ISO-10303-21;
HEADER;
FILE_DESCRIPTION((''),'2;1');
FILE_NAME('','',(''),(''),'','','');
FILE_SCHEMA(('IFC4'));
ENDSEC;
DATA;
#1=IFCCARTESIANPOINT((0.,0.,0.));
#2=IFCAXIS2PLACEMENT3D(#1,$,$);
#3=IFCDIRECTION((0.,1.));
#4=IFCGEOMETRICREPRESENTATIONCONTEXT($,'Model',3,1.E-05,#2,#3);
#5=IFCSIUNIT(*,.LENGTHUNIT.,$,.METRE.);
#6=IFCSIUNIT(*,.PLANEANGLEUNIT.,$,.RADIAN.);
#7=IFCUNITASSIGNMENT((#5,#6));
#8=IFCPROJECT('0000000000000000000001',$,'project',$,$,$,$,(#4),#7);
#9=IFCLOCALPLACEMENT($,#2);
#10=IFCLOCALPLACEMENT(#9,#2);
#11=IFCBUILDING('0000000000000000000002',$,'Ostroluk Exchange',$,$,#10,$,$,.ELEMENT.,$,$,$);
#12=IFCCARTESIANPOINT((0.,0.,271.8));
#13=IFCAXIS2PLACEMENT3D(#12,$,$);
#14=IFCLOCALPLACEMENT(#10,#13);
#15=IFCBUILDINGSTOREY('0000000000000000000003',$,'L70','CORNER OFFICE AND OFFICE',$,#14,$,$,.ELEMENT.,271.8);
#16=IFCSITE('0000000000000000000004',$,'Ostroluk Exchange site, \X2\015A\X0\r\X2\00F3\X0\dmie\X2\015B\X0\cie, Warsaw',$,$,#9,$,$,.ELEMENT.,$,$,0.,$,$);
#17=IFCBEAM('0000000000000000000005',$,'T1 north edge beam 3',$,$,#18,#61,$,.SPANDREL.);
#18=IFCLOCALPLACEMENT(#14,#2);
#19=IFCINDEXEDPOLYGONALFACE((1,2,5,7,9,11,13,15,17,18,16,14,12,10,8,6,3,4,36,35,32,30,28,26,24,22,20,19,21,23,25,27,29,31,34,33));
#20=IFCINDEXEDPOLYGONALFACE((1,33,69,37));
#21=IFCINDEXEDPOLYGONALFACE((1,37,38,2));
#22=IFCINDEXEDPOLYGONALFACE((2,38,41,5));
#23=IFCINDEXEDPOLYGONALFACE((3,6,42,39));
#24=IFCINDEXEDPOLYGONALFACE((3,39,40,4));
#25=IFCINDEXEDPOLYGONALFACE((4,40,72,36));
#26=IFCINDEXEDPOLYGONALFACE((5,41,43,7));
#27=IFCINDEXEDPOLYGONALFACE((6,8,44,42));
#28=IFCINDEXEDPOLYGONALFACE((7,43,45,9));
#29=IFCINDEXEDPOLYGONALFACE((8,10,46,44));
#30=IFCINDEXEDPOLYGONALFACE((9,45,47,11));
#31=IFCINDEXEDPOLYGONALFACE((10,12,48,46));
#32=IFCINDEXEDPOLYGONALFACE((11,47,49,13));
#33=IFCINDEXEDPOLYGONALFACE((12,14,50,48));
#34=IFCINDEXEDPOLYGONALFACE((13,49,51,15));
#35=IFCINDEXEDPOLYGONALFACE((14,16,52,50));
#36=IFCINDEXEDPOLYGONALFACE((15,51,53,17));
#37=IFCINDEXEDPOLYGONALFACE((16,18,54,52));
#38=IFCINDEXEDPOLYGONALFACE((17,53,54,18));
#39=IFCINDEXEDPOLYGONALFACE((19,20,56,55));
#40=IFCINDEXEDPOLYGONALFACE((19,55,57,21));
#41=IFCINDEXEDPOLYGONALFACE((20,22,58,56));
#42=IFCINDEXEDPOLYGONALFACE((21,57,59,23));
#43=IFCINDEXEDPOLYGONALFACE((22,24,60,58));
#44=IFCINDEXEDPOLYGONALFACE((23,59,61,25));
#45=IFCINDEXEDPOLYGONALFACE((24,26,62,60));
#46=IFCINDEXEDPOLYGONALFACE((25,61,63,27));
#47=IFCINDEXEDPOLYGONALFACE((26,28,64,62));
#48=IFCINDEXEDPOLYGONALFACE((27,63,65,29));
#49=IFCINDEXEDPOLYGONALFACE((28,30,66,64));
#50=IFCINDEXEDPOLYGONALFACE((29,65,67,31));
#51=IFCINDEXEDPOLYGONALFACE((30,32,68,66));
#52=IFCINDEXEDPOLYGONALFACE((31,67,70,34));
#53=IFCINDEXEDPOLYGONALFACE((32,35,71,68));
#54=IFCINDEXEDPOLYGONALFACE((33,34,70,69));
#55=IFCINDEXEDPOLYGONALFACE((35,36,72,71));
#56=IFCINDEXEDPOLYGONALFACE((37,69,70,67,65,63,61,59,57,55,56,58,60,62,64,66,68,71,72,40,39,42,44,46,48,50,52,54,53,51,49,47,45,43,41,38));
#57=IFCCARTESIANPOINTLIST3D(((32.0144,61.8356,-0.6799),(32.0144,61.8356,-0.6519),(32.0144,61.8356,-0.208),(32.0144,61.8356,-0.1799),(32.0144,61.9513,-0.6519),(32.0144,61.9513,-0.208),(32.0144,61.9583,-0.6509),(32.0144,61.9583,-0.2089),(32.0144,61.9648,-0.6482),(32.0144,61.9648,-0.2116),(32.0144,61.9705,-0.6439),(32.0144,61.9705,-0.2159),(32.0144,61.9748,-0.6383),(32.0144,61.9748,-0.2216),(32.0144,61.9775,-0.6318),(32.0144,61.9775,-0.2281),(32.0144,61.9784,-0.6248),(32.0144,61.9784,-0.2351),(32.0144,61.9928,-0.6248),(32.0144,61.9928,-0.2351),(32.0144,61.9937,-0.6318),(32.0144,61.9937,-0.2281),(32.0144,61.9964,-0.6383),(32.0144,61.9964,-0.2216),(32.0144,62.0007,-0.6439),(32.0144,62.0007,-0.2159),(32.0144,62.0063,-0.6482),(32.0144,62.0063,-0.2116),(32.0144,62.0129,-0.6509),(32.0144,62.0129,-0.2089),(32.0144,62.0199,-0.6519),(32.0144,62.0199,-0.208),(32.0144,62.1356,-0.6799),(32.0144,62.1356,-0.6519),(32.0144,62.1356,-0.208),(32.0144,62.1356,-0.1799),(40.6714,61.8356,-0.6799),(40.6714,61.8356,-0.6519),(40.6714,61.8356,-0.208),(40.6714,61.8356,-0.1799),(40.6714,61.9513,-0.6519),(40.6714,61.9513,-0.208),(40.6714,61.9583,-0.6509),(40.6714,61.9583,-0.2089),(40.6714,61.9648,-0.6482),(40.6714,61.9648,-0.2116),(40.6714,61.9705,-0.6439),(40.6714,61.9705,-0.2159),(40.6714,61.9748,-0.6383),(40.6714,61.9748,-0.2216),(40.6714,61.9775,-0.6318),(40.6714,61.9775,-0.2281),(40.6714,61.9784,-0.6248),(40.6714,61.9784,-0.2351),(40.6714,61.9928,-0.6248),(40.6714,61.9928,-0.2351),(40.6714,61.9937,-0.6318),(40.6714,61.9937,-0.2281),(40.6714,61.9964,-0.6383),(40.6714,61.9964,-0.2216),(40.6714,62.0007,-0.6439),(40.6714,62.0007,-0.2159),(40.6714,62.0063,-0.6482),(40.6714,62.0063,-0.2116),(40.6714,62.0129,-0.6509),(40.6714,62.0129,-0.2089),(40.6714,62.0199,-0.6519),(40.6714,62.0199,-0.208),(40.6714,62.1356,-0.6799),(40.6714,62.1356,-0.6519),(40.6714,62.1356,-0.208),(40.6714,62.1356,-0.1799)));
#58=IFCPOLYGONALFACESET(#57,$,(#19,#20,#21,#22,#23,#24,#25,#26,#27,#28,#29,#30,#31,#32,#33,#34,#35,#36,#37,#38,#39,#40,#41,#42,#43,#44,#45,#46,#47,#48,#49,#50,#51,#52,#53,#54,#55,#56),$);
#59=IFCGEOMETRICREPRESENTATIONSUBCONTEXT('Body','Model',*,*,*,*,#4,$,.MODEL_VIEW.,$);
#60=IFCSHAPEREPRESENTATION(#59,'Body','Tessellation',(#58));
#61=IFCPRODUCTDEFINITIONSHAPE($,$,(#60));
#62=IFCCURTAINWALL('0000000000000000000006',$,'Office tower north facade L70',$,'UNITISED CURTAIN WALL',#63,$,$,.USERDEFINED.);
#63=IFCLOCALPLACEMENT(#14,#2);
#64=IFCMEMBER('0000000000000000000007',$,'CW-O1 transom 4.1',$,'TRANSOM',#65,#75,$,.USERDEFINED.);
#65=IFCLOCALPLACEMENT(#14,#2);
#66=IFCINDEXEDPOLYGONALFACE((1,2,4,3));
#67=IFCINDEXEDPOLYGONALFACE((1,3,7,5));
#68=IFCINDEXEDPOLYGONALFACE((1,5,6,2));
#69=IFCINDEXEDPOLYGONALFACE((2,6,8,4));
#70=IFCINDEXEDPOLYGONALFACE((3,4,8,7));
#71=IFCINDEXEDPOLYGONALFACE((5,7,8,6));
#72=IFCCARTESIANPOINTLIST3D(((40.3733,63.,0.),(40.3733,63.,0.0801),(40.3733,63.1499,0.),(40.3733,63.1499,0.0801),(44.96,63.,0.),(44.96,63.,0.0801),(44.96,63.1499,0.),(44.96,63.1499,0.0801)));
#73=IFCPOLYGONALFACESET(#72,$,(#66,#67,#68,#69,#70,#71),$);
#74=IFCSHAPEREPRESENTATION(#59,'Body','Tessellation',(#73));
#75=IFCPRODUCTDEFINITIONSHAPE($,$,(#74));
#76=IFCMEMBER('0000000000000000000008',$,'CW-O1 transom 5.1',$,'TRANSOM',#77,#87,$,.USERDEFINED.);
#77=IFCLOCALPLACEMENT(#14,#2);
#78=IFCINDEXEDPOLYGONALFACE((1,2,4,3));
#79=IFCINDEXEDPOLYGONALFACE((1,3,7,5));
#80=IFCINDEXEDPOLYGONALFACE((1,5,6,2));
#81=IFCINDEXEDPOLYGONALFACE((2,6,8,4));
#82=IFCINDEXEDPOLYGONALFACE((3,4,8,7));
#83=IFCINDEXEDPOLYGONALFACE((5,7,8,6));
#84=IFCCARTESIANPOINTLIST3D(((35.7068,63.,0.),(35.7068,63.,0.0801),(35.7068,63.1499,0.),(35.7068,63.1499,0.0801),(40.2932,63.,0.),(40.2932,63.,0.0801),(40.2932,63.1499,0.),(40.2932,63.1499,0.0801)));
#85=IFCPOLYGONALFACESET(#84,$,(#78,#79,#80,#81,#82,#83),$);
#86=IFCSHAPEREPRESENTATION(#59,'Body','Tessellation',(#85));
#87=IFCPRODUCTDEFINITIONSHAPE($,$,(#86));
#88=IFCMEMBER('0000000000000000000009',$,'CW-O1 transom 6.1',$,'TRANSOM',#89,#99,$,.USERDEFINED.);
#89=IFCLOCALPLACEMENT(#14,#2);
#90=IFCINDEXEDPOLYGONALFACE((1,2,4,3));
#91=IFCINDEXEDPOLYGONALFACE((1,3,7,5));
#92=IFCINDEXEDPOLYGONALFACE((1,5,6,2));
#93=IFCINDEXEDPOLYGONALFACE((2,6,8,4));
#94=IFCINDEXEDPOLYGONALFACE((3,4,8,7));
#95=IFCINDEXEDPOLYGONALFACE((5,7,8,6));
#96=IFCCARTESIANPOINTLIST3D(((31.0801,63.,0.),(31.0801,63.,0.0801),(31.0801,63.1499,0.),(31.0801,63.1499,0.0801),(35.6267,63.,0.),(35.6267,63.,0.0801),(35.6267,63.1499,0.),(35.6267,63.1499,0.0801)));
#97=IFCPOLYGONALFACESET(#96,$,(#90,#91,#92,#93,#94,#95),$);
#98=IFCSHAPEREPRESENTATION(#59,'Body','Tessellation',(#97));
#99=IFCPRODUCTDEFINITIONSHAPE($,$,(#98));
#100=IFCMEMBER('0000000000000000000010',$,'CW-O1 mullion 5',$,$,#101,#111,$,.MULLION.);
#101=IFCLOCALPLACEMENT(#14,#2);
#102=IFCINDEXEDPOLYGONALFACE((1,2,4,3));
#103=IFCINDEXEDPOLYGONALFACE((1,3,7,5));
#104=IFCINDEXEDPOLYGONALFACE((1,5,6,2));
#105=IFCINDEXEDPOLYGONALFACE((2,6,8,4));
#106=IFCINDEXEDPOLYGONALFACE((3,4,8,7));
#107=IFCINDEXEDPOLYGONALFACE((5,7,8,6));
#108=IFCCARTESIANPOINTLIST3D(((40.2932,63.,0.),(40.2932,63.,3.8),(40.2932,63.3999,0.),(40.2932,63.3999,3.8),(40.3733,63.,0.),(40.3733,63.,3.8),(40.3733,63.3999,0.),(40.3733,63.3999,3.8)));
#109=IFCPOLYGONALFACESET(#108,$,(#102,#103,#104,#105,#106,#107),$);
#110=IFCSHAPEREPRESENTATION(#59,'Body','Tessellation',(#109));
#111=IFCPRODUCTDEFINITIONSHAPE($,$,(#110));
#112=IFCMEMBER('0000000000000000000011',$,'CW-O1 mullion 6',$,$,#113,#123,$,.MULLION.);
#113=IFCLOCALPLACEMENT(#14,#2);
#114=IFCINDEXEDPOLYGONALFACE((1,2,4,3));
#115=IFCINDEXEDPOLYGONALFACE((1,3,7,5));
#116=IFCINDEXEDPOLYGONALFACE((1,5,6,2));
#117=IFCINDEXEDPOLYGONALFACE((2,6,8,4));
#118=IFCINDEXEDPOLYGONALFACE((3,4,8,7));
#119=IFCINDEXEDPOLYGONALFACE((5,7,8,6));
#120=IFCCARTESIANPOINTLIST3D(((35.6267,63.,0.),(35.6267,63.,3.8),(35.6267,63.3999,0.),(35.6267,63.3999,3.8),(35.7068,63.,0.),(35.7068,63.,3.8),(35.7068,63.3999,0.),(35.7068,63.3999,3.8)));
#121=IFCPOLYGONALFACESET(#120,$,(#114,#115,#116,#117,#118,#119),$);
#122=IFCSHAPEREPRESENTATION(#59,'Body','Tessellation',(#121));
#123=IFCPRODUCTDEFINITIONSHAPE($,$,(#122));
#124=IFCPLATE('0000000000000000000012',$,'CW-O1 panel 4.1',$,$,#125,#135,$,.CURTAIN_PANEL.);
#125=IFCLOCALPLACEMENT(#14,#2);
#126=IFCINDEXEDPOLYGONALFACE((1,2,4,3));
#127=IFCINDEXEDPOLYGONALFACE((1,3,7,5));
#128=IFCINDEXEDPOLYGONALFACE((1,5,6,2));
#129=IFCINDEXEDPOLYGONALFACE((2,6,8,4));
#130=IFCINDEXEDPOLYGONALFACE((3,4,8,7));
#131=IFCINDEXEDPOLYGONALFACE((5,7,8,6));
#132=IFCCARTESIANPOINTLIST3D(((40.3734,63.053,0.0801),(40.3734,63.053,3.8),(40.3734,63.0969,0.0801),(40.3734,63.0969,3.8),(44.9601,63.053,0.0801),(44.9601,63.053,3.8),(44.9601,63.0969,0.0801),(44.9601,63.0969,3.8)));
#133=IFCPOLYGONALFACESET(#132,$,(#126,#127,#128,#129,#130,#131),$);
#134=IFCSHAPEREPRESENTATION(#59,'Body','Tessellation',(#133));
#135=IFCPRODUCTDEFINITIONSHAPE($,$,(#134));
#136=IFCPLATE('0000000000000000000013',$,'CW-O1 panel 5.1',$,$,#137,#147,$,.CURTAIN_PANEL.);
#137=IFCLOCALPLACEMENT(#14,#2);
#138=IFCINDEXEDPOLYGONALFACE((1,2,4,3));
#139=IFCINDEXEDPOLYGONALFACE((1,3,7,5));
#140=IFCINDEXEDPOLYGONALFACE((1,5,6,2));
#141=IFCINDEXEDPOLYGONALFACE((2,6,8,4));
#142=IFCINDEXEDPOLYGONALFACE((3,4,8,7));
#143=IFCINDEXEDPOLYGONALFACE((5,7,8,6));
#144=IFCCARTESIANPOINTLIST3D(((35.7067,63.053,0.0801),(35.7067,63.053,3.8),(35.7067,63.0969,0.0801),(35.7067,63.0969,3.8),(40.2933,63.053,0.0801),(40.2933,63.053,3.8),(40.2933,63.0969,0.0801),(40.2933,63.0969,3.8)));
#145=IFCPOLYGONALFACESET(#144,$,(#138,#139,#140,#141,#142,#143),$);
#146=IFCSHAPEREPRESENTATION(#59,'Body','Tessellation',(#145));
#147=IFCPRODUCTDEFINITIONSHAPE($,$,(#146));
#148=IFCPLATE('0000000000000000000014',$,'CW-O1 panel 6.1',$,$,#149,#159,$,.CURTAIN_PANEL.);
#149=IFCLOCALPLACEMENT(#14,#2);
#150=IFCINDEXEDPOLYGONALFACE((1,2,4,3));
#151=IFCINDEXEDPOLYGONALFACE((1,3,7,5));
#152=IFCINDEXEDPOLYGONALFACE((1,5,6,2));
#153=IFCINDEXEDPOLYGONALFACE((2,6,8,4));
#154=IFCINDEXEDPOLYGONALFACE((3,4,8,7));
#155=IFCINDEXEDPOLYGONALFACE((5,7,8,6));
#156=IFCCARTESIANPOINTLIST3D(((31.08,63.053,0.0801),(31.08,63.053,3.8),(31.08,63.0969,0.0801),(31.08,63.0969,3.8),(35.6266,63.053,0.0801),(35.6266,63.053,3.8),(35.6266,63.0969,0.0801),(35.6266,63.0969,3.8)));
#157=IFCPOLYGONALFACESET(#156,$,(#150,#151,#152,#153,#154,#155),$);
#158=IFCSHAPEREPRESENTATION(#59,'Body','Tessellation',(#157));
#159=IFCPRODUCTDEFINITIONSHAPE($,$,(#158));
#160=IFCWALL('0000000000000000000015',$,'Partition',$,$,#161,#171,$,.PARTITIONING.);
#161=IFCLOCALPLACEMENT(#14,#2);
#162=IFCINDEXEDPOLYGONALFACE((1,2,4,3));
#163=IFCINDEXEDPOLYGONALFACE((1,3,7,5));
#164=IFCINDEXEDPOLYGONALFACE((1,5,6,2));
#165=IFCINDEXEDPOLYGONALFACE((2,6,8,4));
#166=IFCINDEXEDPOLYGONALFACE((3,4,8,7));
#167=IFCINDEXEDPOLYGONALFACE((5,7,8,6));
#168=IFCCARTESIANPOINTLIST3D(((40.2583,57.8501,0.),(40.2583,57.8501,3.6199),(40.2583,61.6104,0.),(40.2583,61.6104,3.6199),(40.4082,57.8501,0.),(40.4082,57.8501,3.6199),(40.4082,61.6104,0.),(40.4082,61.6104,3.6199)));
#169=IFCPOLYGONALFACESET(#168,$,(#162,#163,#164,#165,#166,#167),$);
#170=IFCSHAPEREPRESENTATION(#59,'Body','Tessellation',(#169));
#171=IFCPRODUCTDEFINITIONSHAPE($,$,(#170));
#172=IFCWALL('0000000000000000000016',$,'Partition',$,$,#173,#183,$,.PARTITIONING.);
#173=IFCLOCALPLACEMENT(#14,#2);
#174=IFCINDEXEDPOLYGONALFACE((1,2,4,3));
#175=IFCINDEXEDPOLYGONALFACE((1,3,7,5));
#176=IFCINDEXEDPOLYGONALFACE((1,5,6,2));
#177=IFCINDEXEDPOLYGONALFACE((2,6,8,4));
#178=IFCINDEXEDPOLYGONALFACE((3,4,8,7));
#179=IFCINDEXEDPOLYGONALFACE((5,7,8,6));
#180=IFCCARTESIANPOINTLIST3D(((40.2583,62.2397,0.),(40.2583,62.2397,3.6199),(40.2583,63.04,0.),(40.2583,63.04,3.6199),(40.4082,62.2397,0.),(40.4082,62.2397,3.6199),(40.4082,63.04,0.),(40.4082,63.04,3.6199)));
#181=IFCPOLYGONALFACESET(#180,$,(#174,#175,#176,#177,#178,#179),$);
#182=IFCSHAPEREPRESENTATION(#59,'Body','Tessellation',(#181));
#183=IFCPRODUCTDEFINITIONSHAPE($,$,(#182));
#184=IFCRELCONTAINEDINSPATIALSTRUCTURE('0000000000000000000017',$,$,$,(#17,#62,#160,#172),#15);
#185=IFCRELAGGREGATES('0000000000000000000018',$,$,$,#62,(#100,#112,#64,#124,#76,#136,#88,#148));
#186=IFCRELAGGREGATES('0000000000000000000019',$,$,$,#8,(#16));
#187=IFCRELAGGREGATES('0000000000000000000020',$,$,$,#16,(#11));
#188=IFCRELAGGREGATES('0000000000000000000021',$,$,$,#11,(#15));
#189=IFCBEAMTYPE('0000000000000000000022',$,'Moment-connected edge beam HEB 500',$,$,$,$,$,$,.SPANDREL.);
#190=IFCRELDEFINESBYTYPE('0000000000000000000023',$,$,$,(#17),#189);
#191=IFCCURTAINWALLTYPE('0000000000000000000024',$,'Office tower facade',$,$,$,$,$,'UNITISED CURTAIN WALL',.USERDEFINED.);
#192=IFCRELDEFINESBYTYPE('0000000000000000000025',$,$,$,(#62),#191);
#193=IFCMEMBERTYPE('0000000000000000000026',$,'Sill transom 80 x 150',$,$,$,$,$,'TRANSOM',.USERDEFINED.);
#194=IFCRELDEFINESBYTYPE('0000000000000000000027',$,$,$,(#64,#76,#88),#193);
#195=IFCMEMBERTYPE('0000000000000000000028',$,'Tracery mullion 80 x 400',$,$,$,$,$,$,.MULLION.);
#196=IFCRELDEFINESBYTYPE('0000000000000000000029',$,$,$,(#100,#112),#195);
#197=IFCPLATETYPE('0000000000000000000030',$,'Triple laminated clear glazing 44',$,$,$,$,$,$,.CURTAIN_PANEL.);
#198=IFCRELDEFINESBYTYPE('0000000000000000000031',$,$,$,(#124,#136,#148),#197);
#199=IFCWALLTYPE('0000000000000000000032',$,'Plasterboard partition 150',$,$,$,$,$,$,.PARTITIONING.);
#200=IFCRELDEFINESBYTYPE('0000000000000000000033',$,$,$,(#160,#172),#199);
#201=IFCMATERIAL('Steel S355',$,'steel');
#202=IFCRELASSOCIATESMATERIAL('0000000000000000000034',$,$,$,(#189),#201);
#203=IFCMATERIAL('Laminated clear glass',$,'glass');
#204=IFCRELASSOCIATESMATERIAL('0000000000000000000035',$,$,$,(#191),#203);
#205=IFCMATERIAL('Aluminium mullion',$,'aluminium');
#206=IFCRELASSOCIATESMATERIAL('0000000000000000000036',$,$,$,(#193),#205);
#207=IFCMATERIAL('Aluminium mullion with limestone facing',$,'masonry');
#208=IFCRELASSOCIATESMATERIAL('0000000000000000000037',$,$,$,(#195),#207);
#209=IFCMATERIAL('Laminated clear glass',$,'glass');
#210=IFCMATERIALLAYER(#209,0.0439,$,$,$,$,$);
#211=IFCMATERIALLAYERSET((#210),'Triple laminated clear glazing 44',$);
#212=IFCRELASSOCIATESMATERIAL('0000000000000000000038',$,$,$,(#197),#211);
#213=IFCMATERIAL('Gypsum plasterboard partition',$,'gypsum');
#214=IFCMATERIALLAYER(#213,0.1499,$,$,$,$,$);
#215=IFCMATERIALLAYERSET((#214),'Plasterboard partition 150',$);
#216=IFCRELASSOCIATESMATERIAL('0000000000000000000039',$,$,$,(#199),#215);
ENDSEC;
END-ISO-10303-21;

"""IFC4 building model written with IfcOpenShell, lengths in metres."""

from ifc_helpers import new_model, si_unit, direction, frame, frame_2d, origin, origin_2d, place, context, subcontext, project, spatial, rectangle, i_section, extrude, material, layer, layer_set, material_profile, profile_set, type_object, element, aggregate, save


model = new_model("IFC4")

# Units and contexts
model_context = context("Model", 3, precision=1e-05, world=origin(), true_north=direction((0.0, 1.0)))
body_context = subcontext(model_context, "Body", "Model", "MODEL_VIEW")
ifc_project = project(units=[si_unit("LENGTHUNIT", "METRE"), si_unit("PLANEANGLEUNIT", "RADIAN")], contexts=[model_context])

# Site, building, storey
site_placement = place(None, origin())
site = spatial("IfcSite", under=ifc_project, at=site_placement, Name="Ostroluk Exchange site, Śródmieście, Warsaw", CompositionType="ELEMENT", RefElevation=0.0)
building_placement = place(site_placement, origin())
building = spatial("IfcBuilding", under=site, at=building_placement, Name="Ostroluk Exchange", CompositionType="ELEMENT")
storey_placement = place(building_placement, frame((0.0, 0.0, 271.8)))
storey = spatial("IfcBuildingStorey", under=building, at=storey_placement, Name="L70", Description="CORNER OFFICE AND OFFICE", CompositionType="ELEMENT", Elevation=271.8)

# Beam
ifc_material_1 = material(Name="Steel S355", Category="steel")
ifc_material_profile_1 = material_profile(ifc_material_1, i_section(OverallWidth=0.3, OverallDepth=0.5, WebThickness=0.0144, FlangeThickness=0.0281, FilletRadius=0.0271, at=origin_2d()), Name="HEB 500")
ifc_profile_set_1 = profile_set([ifc_material_profile_1], Name="Steel S355")
beam_type_1 = type_object("IfcBeamType", Name="Moment-connected edge beam HEB 500", PredefinedType="SPANDREL", material=ifc_profile_set_1)
beam_1_placement = place(storey_placement, frame((40.6714, 61.9856, -0.4299), z_axis=(-1.0, 0.0, 0.0), x_axis=(0.0, -1.0, 0.0)))
element("IfcBeam", 1, at=beam_1_placement, inside=storey, type_object=beam_type_1, Name="T1 north edge beam 3", PredefinedType="SPANDREL", context=body_context, shape_type="SweptSolid", body=[
    extrude(i_section(OverallWidth=0.3, OverallDepth=0.5, WebThickness=0.0144, FlangeThickness=0.0281, FilletRadius=0.0271, at=origin_2d()), origin(), (0.0, 0.0, 1.0), 8.657),
])

# Curtain wall, members, plates
ifc_material_2 = material(Name="Laminated clear glass", Category="glass")
curtain_wall_type = type_object("IfcCurtainWallType", Name="Office tower facade", ElementType="UNITISED CURTAIN WALL", PredefinedType="USERDEFINED", material=ifc_material_2)
curtain_wall_placement = place(storey_placement, origin())
curtain_wall = element("IfcCurtainWall", 2, at=curtain_wall_placement, inside=storey, type_object=curtain_wall_type, Name="Office tower north facade L70", ObjectType="UNITISED CURTAIN WALL", PredefinedType="USERDEFINED")
ifc_material_3 = material(Name="Aluminium mullion", Category="aluminium")
ifc_material_profile_2 = material_profile(ifc_material_3, rectangle(XDim=0.1499, YDim=0.0801, at=origin_2d()), Name="Sill transom 80 x 150")
ifc_profile_set_2 = profile_set([ifc_material_profile_2], Name="Aluminium mullion")
member_type_1 = type_object("IfcMemberType", Name="Sill transom 80 x 150", ElementType="TRANSOM", PredefinedType="USERDEFINED", material=ifc_profile_set_2)
member_1_placement = place(storey_placement, frame((44.96, 63.075, 0.04), z_axis=(-1.0, 0.0, 0.0), x_axis=(0.0, -1.0, 0.0)))
member_1 = element("IfcMember", 3, at=member_1_placement, type_object=member_type_1, Name="CW-O1 transom 4.1", ObjectType="TRANSOM", PredefinedType="USERDEFINED", context=body_context, shape_type="SweptSolid", body=[
    extrude(rectangle(XDim=0.1499, YDim=0.0801, at=origin_2d()), origin(), (0.0, 0.0, 1.0), 4.5867),
])
member_2_placement = place(storey_placement, frame((40.2932, 63.075, 0.04), z_axis=(-1.0, 0.0, 0.0), x_axis=(0.0, -1.0, 0.0)))
member_2 = element("IfcMember", 4, at=member_2_placement, type_object=member_type_1, Name="CW-O1 transom 5.1", ObjectType="TRANSOM", PredefinedType="USERDEFINED", context=body_context, shape_type="SweptSolid", body=[
    extrude(rectangle(XDim=0.1499, YDim=0.0801, at=origin_2d()), origin(), (0.0, 0.0, 1.0), 4.5864),
])
member_3_placement = place(storey_placement, frame((35.6267, 63.075, 0.04), z_axis=(-1.0, 0.0, 0.0), x_axis=(0.0, -1.0, 0.0)))
member_3 = element("IfcMember", 5, at=member_3_placement, type_object=member_type_1, Name="CW-O1 transom 6.1", ObjectType="TRANSOM", PredefinedType="USERDEFINED", context=body_context, shape_type="SweptSolid", body=[
    extrude(rectangle(XDim=0.1499, YDim=0.0801, at=origin_2d()), origin(), (0.0, 0.0, 1.0), 4.5466),
])
ifc_material_4 = material(Name="Aluminium mullion with limestone facing", Category="masonry")
ifc_material_profile_3 = material_profile(ifc_material_4, rectangle(XDim=0.3999, YDim=0.0801, at=origin_2d()), Name="Tracery mullion 80 x 400")
ifc_profile_set_3 = profile_set([ifc_material_profile_3], Name="Aluminium mullion with limestone facing")
member_type_2 = type_object("IfcMemberType", Name="Tracery mullion 80 x 400", PredefinedType="MULLION", material=ifc_profile_set_3)
member_4_placement = place(storey_placement, frame((40.3333, 63.2, 0.0), z_axis=(0.0, 0.0, 1.0), x_axis=(0.0, -1.0, 0.0)))
member_4 = element("IfcMember", 6, at=member_4_placement, type_object=member_type_2, Name="CW-O1 mullion 5", PredefinedType="MULLION", context=body_context, shape_type="SweptSolid", body=[
    extrude(rectangle(XDim=0.3999, YDim=0.0801, at=origin_2d()), origin(), (0.0, 0.0, 1.0), 3.8),
])
member_5_placement = place(storey_placement, frame((35.6667, 63.2, 0.0), z_axis=(0.0, 0.0, 1.0), x_axis=(0.0, -1.0, 0.0)))
member_5 = element("IfcMember", 7, at=member_5_placement, type_object=member_type_2, Name="CW-O1 mullion 6", PredefinedType="MULLION", context=body_context, shape_type="SweptSolid", body=[
    extrude(rectangle(XDim=0.3999, YDim=0.0801, at=origin_2d()), origin(), (0.0, 0.0, 1.0), 3.8),
])
ifc_material_5 = material(Name="Laminated clear glass", Category="glass")
ifc_layer_1 = layer(ifc_material_5, 0.0439)
ifc_layer_set_1 = layer_set([ifc_layer_1], Name="Triple laminated clear glazing 44")
plate_type = type_object("IfcPlateType", Name="Triple laminated clear glazing 44", PredefinedType="CURTAIN_PANEL", material=ifc_layer_set_1)
plate_1_placement = place(storey_placement, frame((42.6667, 63.075, 0.0801), z_axis=(0.0, 0.0, 1.0), x_axis=(-1.0, 0.0, 0.0)))
plate_1 = element("IfcPlate", 8, at=plate_1_placement, type_object=plate_type, Name="CW-O1 panel 4.1", PredefinedType="CURTAIN_PANEL", context=body_context, shape_type="SweptSolid", body=[
    extrude(rectangle(XDim=4.5867, YDim=0.0439, at=origin_2d()), origin(), (0.0, 0.0, 1.0), 3.72),
])
plate_2_placement = place(storey_placement, frame((38.0, 63.075, 0.0801), z_axis=(0.0, 0.0, 1.0), x_axis=(-1.0, 0.0, 0.0)))
plate_2 = element("IfcPlate", 9, at=plate_2_placement, type_object=plate_type, Name="CW-O1 panel 5.1", PredefinedType="CURTAIN_PANEL", context=body_context, shape_type="SweptSolid", body=[
    extrude(rectangle(XDim=4.5867, YDim=0.0439, at=origin_2d()), origin(), (0.0, 0.0, 1.0), 3.72),
])
plate_3_placement = place(storey_placement, frame((33.3533, 63.075, 0.0801), z_axis=(0.0, 0.0, 1.0), x_axis=(-1.0, 0.0, 0.0)))
plate_3 = element("IfcPlate", 10, at=plate_3_placement, type_object=plate_type, Name="CW-O1 panel 6.1", PredefinedType="CURTAIN_PANEL", context=body_context, shape_type="SweptSolid", body=[
    extrude(rectangle(XDim=4.5466, YDim=0.0439, at=origin_2d()), origin(), (0.0, 0.0, 1.0), 3.72),
])
aggregate(curtain_wall, [member_4, member_5, member_1, plate_1, member_2, plate_2, member_3, plate_3])

# Walls
ifc_material_6 = material(Name="Gypsum plasterboard partition", Category="gypsum")
ifc_layer_2 = layer(ifc_material_6, 0.1499)
ifc_layer_set_2 = layer_set([ifc_layer_2], Name="Plasterboard partition 150")
wall_type = type_object("IfcWallType", Name="Plasterboard partition 150", PredefinedType="PARTITIONING", material=ifc_layer_set_2)
wall_1_placement = place(storey_placement, frame((40.3333, 57.8501, 0.0), z_axis=(0.0, 0.0, 1.0), x_axis=(0.0, 1.0, 0.0)))
element("IfcWall", 11, at=wall_1_placement, inside=storey, type_object=wall_type, Name="Partition", PredefinedType="PARTITIONING", context=body_context, shape_type="SweptSolid", body=[
    extrude(rectangle(XDim=3.7603, YDim=0.1499, at=frame_2d((1.8801, 0.0))), origin(), (0.0, 0.0, 1.0), 3.6199),
])
wall_2_placement = place(storey_placement, frame((40.3333, 62.2397, 0.0), z_axis=(0.0, 0.0, 1.0), x_axis=(0.0, 1.0, 0.0)))
element("IfcWall", 12, at=wall_2_placement, inside=storey, type_object=wall_type, Name="Partition", PredefinedType="PARTITIONING", context=body_context, shape_type="SweptSolid", body=[
    extrude(rectangle(XDim=0.8003, YDim=0.1499, at=frame_2d((0.4001, 0.0))), origin(), (0.0, 0.0, 1.0), 3.6199),
])

save(model, "model.ifc")
